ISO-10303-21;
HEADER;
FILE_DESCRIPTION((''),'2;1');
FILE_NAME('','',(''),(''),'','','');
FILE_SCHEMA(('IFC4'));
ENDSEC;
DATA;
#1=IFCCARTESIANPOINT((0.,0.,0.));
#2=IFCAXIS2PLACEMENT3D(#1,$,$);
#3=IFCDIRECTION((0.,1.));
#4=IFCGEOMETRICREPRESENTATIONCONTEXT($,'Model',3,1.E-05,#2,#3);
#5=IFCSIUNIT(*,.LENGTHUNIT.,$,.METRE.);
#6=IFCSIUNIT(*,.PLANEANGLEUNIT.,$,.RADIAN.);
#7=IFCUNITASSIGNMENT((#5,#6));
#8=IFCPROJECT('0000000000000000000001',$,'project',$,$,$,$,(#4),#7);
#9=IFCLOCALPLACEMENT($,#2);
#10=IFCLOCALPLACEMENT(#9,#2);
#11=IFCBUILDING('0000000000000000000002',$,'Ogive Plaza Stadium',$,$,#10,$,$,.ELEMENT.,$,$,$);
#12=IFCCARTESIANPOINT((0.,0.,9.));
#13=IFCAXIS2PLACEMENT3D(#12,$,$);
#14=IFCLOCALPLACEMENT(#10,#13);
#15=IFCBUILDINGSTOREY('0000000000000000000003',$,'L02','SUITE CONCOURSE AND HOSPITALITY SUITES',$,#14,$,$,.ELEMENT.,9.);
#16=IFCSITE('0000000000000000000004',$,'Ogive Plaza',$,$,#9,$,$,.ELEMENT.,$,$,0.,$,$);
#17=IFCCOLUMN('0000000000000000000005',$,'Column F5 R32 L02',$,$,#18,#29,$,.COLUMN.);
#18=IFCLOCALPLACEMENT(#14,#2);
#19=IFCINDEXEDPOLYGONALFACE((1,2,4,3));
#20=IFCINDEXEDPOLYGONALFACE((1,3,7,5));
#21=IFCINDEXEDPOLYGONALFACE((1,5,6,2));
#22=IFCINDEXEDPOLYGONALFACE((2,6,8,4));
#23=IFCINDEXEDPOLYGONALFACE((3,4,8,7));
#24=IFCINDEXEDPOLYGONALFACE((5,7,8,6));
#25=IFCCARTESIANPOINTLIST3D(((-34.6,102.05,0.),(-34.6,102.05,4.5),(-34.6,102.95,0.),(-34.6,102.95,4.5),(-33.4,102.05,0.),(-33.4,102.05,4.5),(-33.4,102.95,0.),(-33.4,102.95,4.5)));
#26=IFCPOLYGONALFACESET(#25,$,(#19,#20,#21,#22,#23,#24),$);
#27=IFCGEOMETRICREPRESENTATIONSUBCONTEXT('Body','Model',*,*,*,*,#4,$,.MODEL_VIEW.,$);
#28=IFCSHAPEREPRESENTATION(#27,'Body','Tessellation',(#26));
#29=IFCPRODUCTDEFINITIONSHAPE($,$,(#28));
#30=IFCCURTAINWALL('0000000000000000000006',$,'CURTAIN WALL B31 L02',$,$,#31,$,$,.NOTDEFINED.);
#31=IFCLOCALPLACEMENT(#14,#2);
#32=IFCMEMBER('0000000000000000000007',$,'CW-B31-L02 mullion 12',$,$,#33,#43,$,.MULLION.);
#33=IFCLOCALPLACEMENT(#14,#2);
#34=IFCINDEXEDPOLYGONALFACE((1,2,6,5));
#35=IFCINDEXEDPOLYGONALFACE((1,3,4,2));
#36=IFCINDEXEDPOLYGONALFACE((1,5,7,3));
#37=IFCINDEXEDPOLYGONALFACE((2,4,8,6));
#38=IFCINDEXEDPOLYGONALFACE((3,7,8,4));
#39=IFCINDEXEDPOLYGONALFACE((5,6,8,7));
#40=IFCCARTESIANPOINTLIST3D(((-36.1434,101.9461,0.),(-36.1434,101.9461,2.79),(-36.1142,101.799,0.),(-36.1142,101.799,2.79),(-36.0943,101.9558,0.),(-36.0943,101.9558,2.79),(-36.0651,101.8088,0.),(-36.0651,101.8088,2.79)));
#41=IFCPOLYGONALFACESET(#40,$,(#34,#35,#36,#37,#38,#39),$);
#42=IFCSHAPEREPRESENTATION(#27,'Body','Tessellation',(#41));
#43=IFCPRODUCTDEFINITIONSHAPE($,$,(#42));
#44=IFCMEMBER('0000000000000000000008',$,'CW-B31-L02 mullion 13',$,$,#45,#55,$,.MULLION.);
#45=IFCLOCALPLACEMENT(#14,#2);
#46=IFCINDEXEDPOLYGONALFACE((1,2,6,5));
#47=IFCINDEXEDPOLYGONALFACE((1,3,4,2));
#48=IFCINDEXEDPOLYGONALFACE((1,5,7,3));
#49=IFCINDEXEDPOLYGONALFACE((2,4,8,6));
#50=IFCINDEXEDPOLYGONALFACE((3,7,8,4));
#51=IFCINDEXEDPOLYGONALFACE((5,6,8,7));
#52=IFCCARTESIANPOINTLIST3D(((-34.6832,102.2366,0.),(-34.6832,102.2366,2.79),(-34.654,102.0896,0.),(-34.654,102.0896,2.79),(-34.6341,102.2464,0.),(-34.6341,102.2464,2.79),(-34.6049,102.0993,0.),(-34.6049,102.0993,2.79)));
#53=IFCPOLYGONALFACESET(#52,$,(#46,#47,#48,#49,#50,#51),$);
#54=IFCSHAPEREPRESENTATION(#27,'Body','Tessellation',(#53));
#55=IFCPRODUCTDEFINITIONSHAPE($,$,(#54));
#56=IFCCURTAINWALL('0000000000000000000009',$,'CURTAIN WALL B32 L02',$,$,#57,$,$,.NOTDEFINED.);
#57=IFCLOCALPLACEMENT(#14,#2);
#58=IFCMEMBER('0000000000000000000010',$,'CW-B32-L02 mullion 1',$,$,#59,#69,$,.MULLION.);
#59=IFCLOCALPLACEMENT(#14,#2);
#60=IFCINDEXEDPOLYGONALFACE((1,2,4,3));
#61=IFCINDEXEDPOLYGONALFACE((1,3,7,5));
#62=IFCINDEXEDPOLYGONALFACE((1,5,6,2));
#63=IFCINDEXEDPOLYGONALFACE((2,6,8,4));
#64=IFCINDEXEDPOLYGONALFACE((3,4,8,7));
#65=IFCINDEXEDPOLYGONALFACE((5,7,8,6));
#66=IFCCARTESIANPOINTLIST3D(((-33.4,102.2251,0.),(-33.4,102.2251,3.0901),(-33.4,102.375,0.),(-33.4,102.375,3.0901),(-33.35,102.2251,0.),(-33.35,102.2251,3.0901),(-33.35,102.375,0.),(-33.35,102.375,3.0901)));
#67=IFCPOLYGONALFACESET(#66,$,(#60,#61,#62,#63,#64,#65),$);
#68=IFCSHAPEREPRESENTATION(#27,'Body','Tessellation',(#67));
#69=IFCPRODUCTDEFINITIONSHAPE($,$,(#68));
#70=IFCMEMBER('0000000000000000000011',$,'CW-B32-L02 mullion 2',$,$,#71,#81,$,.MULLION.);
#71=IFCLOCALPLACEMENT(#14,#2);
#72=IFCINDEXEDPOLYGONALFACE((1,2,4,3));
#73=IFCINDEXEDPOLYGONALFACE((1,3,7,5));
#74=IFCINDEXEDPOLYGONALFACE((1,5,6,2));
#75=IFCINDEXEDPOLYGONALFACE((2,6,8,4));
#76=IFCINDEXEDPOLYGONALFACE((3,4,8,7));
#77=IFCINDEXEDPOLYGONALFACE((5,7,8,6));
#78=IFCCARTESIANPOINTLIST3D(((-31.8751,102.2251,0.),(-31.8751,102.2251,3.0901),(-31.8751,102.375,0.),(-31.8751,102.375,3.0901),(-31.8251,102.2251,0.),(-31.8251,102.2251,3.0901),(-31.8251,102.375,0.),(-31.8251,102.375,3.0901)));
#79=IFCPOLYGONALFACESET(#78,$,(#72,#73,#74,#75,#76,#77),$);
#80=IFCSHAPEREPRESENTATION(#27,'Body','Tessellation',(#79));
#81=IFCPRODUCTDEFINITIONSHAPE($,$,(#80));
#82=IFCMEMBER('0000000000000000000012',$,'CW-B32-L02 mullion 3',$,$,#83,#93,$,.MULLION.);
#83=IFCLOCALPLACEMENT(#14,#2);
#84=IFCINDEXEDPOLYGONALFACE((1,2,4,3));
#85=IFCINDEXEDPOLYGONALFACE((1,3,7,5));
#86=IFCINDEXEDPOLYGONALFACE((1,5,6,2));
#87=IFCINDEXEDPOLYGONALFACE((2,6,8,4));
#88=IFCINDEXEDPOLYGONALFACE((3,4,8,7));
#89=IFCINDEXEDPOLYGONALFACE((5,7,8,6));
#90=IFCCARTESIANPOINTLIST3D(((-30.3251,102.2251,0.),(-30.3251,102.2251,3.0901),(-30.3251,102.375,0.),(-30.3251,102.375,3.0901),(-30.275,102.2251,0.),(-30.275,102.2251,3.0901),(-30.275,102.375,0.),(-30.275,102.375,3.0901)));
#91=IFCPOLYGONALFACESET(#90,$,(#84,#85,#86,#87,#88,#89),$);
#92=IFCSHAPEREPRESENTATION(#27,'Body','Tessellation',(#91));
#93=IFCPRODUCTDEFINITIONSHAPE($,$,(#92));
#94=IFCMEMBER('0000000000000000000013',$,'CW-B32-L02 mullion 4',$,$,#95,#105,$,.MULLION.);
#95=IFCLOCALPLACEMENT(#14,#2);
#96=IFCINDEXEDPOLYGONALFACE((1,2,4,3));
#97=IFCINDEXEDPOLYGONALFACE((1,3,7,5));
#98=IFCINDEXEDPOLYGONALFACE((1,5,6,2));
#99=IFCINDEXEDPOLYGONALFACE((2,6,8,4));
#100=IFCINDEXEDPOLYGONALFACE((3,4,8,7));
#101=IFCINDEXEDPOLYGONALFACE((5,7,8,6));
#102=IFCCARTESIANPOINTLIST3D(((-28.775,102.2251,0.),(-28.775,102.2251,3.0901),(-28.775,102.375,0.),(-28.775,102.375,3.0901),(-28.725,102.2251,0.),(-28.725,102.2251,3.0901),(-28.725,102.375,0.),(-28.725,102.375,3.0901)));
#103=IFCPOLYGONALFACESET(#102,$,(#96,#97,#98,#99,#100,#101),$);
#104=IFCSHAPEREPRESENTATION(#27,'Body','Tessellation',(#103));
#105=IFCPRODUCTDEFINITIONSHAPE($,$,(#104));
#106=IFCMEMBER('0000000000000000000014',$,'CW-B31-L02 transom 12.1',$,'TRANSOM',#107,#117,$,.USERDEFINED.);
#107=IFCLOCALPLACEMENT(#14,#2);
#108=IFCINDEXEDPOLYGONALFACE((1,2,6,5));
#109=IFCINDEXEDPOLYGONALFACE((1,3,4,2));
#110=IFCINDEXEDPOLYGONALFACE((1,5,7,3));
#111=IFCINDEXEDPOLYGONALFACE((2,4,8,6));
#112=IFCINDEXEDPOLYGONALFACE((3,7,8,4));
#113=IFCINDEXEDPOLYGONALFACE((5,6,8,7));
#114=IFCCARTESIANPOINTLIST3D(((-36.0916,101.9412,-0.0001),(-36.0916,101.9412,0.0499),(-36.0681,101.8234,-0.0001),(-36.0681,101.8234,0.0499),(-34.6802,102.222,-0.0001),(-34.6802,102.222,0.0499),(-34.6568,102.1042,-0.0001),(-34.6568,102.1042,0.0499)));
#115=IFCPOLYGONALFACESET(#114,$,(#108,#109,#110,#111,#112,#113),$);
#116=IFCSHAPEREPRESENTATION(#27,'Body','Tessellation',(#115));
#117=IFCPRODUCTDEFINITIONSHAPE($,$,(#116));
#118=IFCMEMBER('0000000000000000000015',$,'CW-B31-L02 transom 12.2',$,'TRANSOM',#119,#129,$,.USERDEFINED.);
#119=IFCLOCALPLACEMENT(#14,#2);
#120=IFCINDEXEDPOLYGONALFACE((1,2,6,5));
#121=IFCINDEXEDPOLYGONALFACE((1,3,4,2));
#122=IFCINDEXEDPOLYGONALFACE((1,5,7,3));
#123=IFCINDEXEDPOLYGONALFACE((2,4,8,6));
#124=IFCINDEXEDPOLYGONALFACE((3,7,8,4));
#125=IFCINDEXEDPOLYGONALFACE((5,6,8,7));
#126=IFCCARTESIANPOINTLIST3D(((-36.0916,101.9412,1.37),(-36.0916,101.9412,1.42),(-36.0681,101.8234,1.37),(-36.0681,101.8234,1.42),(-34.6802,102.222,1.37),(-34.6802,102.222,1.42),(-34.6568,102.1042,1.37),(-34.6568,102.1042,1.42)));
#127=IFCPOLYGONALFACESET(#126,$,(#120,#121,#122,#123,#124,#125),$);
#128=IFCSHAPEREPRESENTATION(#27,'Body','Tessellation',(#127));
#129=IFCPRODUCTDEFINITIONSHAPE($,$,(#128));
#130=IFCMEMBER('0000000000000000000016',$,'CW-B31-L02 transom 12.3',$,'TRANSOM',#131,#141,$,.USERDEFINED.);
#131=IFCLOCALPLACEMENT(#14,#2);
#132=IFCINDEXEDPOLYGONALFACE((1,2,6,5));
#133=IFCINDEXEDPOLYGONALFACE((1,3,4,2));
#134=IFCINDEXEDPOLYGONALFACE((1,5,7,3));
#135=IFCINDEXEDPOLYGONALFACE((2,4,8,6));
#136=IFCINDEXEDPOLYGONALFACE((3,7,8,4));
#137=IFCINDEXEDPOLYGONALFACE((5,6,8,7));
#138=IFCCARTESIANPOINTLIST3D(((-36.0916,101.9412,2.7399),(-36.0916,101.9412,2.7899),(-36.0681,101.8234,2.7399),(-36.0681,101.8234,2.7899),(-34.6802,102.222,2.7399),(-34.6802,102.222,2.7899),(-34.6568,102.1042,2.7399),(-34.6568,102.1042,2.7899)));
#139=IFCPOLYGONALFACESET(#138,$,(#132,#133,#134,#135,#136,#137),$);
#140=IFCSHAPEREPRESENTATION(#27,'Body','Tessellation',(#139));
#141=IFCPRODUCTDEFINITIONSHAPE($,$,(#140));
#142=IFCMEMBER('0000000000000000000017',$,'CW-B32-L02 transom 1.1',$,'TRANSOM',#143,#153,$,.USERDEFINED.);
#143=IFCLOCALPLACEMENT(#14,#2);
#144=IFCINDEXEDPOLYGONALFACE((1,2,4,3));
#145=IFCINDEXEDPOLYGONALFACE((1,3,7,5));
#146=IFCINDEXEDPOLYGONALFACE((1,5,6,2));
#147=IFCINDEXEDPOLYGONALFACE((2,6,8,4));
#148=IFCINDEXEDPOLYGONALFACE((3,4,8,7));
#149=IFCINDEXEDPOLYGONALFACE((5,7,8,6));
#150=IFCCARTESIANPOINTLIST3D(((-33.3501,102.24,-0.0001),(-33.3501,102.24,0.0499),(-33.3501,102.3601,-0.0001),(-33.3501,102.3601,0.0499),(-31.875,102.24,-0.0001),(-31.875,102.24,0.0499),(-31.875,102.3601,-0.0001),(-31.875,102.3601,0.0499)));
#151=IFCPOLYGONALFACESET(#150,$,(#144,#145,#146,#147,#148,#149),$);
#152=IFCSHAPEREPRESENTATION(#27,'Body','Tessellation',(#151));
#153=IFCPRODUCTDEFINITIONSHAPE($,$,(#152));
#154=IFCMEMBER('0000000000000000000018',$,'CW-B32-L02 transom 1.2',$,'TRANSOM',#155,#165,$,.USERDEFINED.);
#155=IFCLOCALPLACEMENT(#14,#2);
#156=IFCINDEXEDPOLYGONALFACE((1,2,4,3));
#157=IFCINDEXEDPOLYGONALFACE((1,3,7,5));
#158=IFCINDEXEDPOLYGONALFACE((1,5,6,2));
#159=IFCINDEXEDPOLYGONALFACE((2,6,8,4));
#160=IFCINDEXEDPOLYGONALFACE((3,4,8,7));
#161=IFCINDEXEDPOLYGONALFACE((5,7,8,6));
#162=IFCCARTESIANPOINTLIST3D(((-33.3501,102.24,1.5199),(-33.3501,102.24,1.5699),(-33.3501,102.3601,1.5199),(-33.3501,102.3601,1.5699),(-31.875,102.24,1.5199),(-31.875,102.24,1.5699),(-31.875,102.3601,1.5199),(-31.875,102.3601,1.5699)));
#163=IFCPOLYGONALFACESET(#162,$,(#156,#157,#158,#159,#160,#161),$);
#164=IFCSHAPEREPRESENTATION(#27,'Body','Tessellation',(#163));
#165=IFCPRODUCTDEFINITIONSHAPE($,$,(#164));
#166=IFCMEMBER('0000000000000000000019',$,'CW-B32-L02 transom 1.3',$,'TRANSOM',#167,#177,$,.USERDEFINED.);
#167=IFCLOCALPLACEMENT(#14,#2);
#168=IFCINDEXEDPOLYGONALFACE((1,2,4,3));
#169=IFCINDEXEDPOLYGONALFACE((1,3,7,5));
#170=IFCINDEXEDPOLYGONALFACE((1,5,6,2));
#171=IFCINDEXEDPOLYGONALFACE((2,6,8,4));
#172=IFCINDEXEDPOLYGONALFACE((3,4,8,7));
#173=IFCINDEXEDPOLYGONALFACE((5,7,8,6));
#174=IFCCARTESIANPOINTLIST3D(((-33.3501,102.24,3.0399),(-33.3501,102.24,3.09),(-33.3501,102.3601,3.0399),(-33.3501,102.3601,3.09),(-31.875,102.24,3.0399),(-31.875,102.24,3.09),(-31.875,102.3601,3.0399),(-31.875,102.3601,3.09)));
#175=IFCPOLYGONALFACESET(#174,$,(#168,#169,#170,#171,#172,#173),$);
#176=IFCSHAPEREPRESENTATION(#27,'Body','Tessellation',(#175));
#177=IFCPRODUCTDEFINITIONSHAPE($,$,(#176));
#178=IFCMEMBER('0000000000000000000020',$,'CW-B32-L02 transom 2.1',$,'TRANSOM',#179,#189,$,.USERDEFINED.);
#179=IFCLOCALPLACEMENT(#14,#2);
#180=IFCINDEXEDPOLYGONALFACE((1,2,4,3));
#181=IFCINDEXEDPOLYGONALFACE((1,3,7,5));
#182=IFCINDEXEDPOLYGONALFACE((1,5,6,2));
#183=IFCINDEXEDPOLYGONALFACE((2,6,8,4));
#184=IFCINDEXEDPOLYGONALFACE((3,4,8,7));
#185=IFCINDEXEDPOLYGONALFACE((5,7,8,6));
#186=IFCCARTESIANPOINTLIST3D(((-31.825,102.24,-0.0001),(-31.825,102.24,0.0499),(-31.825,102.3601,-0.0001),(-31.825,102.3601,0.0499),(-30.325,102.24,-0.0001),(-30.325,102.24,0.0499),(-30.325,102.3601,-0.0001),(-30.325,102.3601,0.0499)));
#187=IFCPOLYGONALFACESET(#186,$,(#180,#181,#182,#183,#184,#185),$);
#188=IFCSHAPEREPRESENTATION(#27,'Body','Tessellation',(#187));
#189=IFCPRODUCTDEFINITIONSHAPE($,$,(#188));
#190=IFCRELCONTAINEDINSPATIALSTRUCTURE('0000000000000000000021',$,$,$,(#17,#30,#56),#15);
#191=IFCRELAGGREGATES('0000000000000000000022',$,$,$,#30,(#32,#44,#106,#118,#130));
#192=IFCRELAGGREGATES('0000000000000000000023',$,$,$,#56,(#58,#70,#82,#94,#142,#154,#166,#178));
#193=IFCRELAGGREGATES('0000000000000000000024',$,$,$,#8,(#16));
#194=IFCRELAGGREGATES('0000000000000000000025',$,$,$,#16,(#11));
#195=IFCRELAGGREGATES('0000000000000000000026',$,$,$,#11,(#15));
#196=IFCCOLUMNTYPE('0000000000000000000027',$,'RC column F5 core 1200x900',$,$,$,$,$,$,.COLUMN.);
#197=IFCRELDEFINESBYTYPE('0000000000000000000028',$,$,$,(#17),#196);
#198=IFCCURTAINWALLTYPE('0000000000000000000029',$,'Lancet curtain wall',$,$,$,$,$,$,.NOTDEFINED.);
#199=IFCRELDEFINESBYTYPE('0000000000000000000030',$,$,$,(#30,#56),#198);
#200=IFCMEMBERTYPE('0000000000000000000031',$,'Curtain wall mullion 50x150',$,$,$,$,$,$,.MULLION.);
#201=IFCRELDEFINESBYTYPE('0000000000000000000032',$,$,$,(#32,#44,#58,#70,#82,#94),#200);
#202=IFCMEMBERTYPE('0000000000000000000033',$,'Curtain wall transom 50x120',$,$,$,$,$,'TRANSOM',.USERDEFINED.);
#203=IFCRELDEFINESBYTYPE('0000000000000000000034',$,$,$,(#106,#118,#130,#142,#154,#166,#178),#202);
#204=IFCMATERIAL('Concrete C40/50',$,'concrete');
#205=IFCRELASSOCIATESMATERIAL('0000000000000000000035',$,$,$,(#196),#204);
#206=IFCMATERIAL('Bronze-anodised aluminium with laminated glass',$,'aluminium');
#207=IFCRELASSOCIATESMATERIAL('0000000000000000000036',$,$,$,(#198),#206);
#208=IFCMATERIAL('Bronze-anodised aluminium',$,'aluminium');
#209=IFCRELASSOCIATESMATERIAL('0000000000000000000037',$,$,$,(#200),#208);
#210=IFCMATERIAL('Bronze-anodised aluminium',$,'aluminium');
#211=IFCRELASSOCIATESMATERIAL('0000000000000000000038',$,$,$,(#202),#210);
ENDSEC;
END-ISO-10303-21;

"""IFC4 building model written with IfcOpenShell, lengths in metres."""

from ifc_helpers import new_model, si_unit, direction, frame, origin, origin_2d, place, context, subcontext, project, spatial, rectangle, extrude, material, material_profile, profile_set, type_object, element, aggregate, save


model = new_model("IFC4")

# Units and contexts
model_context = context("Model", 3, precision=1e-05, world=origin(), true_north=direction((0.0, 1.0)))
body_context = subcontext(model_context, "Body", "Model", "MODEL_VIEW")
ifc_project = project(units=[si_unit("LENGTHUNIT", "METRE"), si_unit("PLANEANGLEUNIT", "RADIAN")], contexts=[model_context])

# Site, building, storey
site_placement = place(None, origin())
site = spatial("IfcSite", under=ifc_project, at=site_placement, Name="Ogive Plaza", CompositionType="ELEMENT", RefElevation=0.0)
building_placement = place(site_placement, origin())
building = spatial("IfcBuilding", under=site, at=building_placement, Name="Ogive Plaza Stadium", CompositionType="ELEMENT")
storey_placement = place(building_placement, frame((0.0, 0.0, 9.0)))
storey = spatial("IfcBuildingStorey", under=building, at=storey_placement, Name="L02", Description="SUITE CONCOURSE AND HOSPITALITY SUITES", CompositionType="ELEMENT", Elevation=9.0)

# Column
ifc_material_1 = material(Name="Concrete C40/50", Category="concrete")
ifc_material_profile_1 = material_profile(ifc_material_1, rectangle(XDim=1.2, YDim=0.8999, at=origin_2d()), Name="RC 1200x900")
ifc_profile_set_1 = profile_set([ifc_material_profile_1], Name="Concrete C40/50")
column_type = type_object("IfcColumnType", Name="RC column F5 core 1200x900", PredefinedType="COLUMN", material=ifc_profile_set_1)
column_placement = place(storey_placement, frame((-34.0, 102.5, 0.0), z_axis=(0.0, 0.0, 1.0), x_axis=(-1.0, 0.0, 0.0)))
element("IfcColumn", 1, at=column_placement, inside=storey, type_object=column_type, Name="Column F5 R32 L02", PredefinedType="COLUMN", context=body_context, shape_type="SweptSolid", body=[
    extrude(rectangle(XDim=1.2, YDim=0.8999, at=origin_2d()), origin(), (0.0, 0.0, 1.0), 4.5),
])

# Curtain walls, members
ifc_material_2 = material(Name="Bronze-anodised aluminium with laminated glass", Category="aluminium")
curtain_wall_type = type_object("IfcCurtainWallType", Name="Lancet curtain wall", PredefinedType="NOTDEFINED", material=ifc_material_2)
curtain_wall_1_placement = place(storey_placement, origin())
curtain_wall_1 = element("IfcCurtainWall", 2, at=curtain_wall_1_placement, inside=storey, type_object=curtain_wall_type, Name="CURTAIN WALL B31 L02", PredefinedType="NOTDEFINED")
ifc_material_3 = material(Name="Bronze-anodised aluminium", Category="aluminium")
ifc_material_profile_2 = material_profile(ifc_material_3, rectangle(XDim=0.1499, YDim=0.05, at=origin_2d()), Name="AL 150x50")
ifc_profile_set_2 = profile_set([ifc_material_profile_2], Name="Bronze-anodised aluminium")
member_type_1 = type_object("IfcMemberType", Name="Curtain wall mullion 50x150", PredefinedType="MULLION", material=ifc_profile_set_2)
member_1_placement = place(storey_placement, frame((-36.1042, 101.8774, 0.0), z_axis=(0.0, 0.0, 1.0), x_axis=(-0.19509, 0.980785, 0.0)))
member_1 = element("IfcMember", 3, at=member_1_placement, type_object=member_type_1, Name="CW-B31-L02 mullion 12", PredefinedType="MULLION", context=body_context, shape_type="SweptSolid", body=[
    extrude(rectangle(XDim=0.1499, YDim=0.05, at=origin_2d()), origin(), (0.0, 0.0, 1.0), 2.79),
])
member_2_placement = place(storey_placement, frame((-34.644, 102.168, 0.0), z_axis=(0.0, 0.0, 1.0), x_axis=(-0.19509, 0.980785, 0.0)))
member_2 = element("IfcMember", 4, at=member_2_placement, type_object=member_type_1, Name="CW-B31-L02 mullion 13", PredefinedType="MULLION", context=body_context, shape_type="SweptSolid", body=[
    extrude(rectangle(XDim=0.1499, YDim=0.05, at=origin_2d()), origin(), (0.0, 0.0, 1.0), 2.79),
])
curtain_wall_2_placement = place(storey_placement, origin())
curtain_wall_2 = element("IfcCurtainWall", 5, at=curtain_wall_2_placement, inside=storey, type_object=curtain_wall_type, Name="CURTAIN WALL B32 L02", PredefinedType="NOTDEFINED")
member_3_placement = place(storey_placement, frame((-33.375, 102.3, 0.0), z_axis=(0.0, 0.0, 1.0), x_axis=(0.0, 1.0, 0.0)))
member_3 = element("IfcMember", 6, at=member_3_placement, type_object=member_type_1, Name="CW-B32-L02 mullion 1", PredefinedType="MULLION", context=body_context, shape_type="SweptSolid", body=[
    extrude(rectangle(XDim=0.1499, YDim=0.05, at=origin_2d()), origin(), (0.0, 0.0, 1.0), 3.0901),
])
member_4_placement = place(storey_placement, frame((-31.8501, 102.3, 0.0), z_axis=(0.0, 0.0, 1.0), x_axis=(0.0, 1.0, 0.0)))
member_4 = element("IfcMember", 7, at=member_4_placement, type_object=member_type_1, Name="CW-B32-L02 mullion 2", PredefinedType="MULLION", context=body_context, shape_type="SweptSolid", body=[
    extrude(rectangle(XDim=0.1499, YDim=0.05, at=origin_2d()), origin(), (0.0, 0.0, 1.0), 3.0901),
])
member_5_placement = place(storey_placement, frame((-30.3, 102.3, 0.0), z_axis=(0.0, 0.0, 1.0), x_axis=(0.0, 1.0, 0.0)))
member_5 = element("IfcMember", 8, at=member_5_placement, type_object=member_type_1, Name="CW-B32-L02 mullion 3", PredefinedType="MULLION", context=body_context, shape_type="SweptSolid", body=[
    extrude(rectangle(XDim=0.1499, YDim=0.05, at=origin_2d()), origin(), (0.0, 0.0, 1.0), 3.0901),
])
member_6_placement = place(storey_placement, frame((-28.75, 102.3, 0.0), z_axis=(0.0, 0.0, 1.0), x_axis=(0.0, 1.0, 0.0)))
member_6 = element("IfcMember", 9, at=member_6_placement, type_object=member_type_1, Name="CW-B32-L02 mullion 4", PredefinedType="MULLION", context=body_context, shape_type="SweptSolid", body=[
    extrude(rectangle(XDim=0.1499, YDim=0.05, at=origin_2d()), origin(), (0.0, 0.0, 1.0), 3.0901),
])

# Members
ifc_material_4 = material(Name="Bronze-anodised aluminium", Category="aluminium")
ifc_material_profile_3 = material_profile(ifc_material_4, rectangle(XDim=0.1201, YDim=0.05, at=origin_2d()), Name="AL 120x50")
ifc_profile_set_3 = profile_set([ifc_material_profile_3], Name="Bronze-anodised aluminium")
member_type_2 = type_object("IfcMemberType", Name="Curtain wall transom 50x120", ElementType="TRANSOM", PredefinedType="USERDEFINED", material=ifc_profile_set_3)
member_7_placement = place(storey_placement, frame((-36.0798, 101.8823, 0.0249), z_axis=(0.980782, 0.195105, 0.0), x_axis=(-0.195105, 0.980782, 0.0)))
member_7 = element("IfcMember", 10, at=member_7_placement, type_object=member_type_2, Name="CW-B31-L02 transom 12.1", ObjectType="TRANSOM", PredefinedType="USERDEFINED", context=body_context, shape_type="SweptSolid", body=[
    extrude(rectangle(XDim=0.1201, YDim=0.05, at=origin_2d()), origin(), (0.0, 0.0, 1.0), 1.439),
])
member_8_placement = place(storey_placement, frame((-36.0798, 101.8823, 1.395), z_axis=(0.980782, 0.195105, 0.0), x_axis=(-0.195105, 0.980782, 0.0)))
member_8 = element("IfcMember", 11, at=member_8_placement, type_object=member_type_2, Name="CW-B31-L02 transom 12.2", ObjectType="TRANSOM", PredefinedType="USERDEFINED", context=body_context, shape_type="SweptSolid", body=[
    extrude(rectangle(XDim=0.1201, YDim=0.05, at=origin_2d()), origin(), (0.0, 0.0, 1.0), 1.439),
])
member_9_placement = place(storey_placement, frame((-36.0798, 101.8823, 2.7649), z_axis=(0.980782, 0.195105, 0.0), x_axis=(-0.195105, 0.980782, 0.0)))
member_9 = element("IfcMember", 12, at=member_9_placement, type_object=member_type_2, Name="CW-B31-L02 transom 12.3", ObjectType="TRANSOM", PredefinedType="USERDEFINED", context=body_context, shape_type="SweptSolid", body=[
    extrude(rectangle(XDim=0.1201, YDim=0.05, at=origin_2d()), origin(), (0.0, 0.0, 1.0), 1.439),
])
member_10_placement = place(storey_placement, frame((-33.3501, 102.3, 0.0249), z_axis=(1.0, 0.0, 0.0), x_axis=(0.0, 1.0, 0.0)))
member_10 = element("IfcMember", 13, at=member_10_placement, type_object=member_type_2, Name="CW-B32-L02 transom 1.1", ObjectType="TRANSOM", PredefinedType="USERDEFINED", context=body_context, shape_type="SweptSolid", body=[
    extrude(rectangle(XDim=0.1201, YDim=0.05, at=origin_2d()), origin(), (0.0, 0.0, 1.0), 1.4751),
])
member_11_placement = place(storey_placement, frame((-33.3501, 102.3, 1.5449), z_axis=(1.0, 0.0, 0.0), x_axis=(0.0, 1.0, 0.0)))
member_11 = element("IfcMember", 14, at=member_11_placement, type_object=member_type_2, Name="CW-B32-L02 transom 1.2", ObjectType="TRANSOM", PredefinedType="USERDEFINED", context=body_context, shape_type="SweptSolid", body=[
    extrude(rectangle(XDim=0.1201, YDim=0.05, at=origin_2d()), origin(), (0.0, 0.0, 1.0), 1.4751),
])
member_12_placement = place(storey_placement, frame((-33.3501, 102.3, 3.0649), z_axis=(1.0, 0.0, 0.0), x_axis=(0.0, 1.0, 0.0)))
member_12 = element("IfcMember", 15, at=member_12_placement, type_object=member_type_2, Name="CW-B32-L02 transom 1.3", ObjectType="TRANSOM", PredefinedType="USERDEFINED", context=body_context, shape_type="SweptSolid", body=[
    extrude(rectangle(XDim=0.1201, YDim=0.05, at=origin_2d()), origin(), (0.0, 0.0, 1.0), 1.4751),
])
member_13_placement = place(storey_placement, frame((-31.825, 102.3, 0.0249), z_axis=(1.0, 0.0, 0.0), x_axis=(0.0, 1.0, 0.0)))
member_13 = element("IfcMember", 16, at=member_13_placement, type_object=member_type_2, Name="CW-B32-L02 transom 2.1", ObjectType="TRANSOM", PredefinedType="USERDEFINED", context=body_context, shape_type="SweptSolid", body=[
    extrude(rectangle(XDim=0.1201, YDim=0.05, at=origin_2d()), origin(), (0.0, 0.0, 1.0), 1.5),
])

aggregate(curtain_wall_1, [member_1, member_2, member_7, member_8, member_9])
aggregate(curtain_wall_2, [member_3, member_4, member_5, member_6, member_10, member_11, member_12, member_13])

save(model, "model.ifc")
